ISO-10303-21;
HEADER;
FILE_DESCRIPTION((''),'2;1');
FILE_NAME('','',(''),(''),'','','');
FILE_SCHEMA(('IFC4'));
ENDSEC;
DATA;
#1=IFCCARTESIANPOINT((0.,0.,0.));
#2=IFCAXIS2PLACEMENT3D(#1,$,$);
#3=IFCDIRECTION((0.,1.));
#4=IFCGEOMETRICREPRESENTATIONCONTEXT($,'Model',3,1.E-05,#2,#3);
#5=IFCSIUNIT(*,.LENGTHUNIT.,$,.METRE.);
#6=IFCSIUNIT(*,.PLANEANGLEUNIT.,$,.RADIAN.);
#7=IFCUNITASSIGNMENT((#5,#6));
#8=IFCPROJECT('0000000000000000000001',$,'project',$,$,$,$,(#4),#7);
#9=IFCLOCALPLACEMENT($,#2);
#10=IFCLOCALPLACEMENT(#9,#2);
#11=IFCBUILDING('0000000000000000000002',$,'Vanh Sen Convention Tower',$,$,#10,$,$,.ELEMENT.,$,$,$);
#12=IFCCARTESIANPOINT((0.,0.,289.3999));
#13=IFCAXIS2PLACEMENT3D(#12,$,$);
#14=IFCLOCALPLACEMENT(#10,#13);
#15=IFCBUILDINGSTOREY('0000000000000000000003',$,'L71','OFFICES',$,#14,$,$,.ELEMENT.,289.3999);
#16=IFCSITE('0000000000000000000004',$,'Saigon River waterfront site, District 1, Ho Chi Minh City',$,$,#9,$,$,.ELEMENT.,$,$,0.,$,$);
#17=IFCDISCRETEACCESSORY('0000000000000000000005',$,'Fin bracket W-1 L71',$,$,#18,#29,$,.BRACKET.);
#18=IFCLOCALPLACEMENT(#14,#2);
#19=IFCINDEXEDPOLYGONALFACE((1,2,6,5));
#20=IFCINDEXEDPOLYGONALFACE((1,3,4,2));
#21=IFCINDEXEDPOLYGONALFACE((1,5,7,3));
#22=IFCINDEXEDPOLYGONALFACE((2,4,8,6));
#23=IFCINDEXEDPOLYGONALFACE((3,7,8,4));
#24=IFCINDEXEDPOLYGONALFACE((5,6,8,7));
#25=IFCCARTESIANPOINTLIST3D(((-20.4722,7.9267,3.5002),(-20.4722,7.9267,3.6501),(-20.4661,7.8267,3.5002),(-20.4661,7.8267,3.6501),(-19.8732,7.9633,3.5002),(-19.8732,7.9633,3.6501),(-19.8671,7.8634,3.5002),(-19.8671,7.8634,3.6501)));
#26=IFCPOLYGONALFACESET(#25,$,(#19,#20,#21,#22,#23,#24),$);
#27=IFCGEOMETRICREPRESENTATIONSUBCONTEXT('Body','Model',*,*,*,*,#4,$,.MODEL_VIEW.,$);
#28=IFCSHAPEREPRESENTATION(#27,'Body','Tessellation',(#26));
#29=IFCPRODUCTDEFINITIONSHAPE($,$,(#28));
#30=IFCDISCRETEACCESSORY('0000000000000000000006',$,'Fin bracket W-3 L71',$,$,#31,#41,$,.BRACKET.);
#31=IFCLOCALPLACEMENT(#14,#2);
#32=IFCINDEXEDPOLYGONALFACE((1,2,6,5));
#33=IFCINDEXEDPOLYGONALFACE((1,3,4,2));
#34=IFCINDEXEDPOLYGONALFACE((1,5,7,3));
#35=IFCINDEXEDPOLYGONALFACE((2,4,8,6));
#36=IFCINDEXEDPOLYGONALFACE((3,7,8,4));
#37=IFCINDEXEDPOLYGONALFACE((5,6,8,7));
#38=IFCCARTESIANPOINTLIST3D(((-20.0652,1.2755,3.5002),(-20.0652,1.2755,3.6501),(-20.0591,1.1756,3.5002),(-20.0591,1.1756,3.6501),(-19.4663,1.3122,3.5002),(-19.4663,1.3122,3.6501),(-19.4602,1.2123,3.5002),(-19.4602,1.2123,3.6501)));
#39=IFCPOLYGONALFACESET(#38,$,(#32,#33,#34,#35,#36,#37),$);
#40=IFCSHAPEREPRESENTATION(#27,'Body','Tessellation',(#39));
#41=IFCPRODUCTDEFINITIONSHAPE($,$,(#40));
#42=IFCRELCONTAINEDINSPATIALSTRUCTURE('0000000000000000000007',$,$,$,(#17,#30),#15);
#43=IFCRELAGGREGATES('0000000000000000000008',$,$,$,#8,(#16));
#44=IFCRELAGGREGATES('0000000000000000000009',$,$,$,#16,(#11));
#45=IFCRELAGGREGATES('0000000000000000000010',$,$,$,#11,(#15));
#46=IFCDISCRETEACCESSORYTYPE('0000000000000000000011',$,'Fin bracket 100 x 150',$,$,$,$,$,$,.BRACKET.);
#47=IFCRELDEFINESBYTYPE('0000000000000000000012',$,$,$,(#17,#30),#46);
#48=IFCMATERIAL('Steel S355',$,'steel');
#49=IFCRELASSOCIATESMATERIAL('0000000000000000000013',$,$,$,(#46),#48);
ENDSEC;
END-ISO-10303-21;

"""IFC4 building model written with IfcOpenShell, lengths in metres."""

from ifc_helpers import new_model, si_unit, direction, frame, origin, origin_2d, place, context, subcontext, project, spatial, rectangle, extrude, material, type_object, element, save


model = new_model("IFC4")

# Units and contexts
model_context = context("Model", 3, precision=1e-05, world=origin(), true_north=direction((0.0, 1.0)))
body_context = subcontext(model_context, "Body", "Model", "MODEL_VIEW")
ifc_project = project(units=[si_unit("LENGTHUNIT", "METRE"), si_unit("PLANEANGLEUNIT", "RADIAN")], contexts=[model_context])

# Site, building, storey
site_placement = place(None, origin())
site = spatial("IfcSite", under=ifc_project, at=site_placement, Name="Saigon River waterfront site, District 1, Ho Chi Minh City", CompositionType="ELEMENT", RefElevation=0.0)
building_placement = place(site_placement, origin())
building = spatial("IfcBuilding", under=site, at=building_placement, Name="Vanh Sen Convention Tower", CompositionType="ELEMENT")
storey_placement = place(building_placement, frame((0.0, 0.0, 289.3999)))
storey = spatial("IfcBuildingStorey", under=building, at=storey_placement, Name="L71", Description="OFFICES", CompositionType="ELEMENT", Elevation=289.3999)

# Discrete accessories
ifc_material_1 = material(Name="Steel S355", Category="steel")
discrete_accessory_type = type_object("IfcDiscreteAccessoryType", Name="Fin bracket 100 x 150", PredefinedType="BRACKET", material=ifc_material_1)
for number, where, z_axis, x_axis, name in (
    (1, (-20.1697, 7.895, 3.5002), (0.0, 0.0, 1.0), (-0.998135, -0.061049, 0.0), "Fin bracket W-1 L71"),
    (2, (-19.7627, 1.2439, 3.5002), (0.0, 0.0, 1.0), (-0.998135, -0.061049, 0.0), "Fin bracket W-3 L71"),
):
    element("IfcDiscreteAccessory", number, at=place(storey_placement, frame(where, z_axis=z_axis, x_axis=x_axis)), inside=storey, type_object=discrete_accessory_type, Name=name, PredefinedType="BRACKET", context=body_context, shape_type="SweptSolid", body=[
        extrude(rectangle(XDim=0.6001, YDim=0.1001, at=origin_2d()), origin(), (0.0, 0.0, 1.0), 0.1499),
    ])

save(model, "model.ifc")
